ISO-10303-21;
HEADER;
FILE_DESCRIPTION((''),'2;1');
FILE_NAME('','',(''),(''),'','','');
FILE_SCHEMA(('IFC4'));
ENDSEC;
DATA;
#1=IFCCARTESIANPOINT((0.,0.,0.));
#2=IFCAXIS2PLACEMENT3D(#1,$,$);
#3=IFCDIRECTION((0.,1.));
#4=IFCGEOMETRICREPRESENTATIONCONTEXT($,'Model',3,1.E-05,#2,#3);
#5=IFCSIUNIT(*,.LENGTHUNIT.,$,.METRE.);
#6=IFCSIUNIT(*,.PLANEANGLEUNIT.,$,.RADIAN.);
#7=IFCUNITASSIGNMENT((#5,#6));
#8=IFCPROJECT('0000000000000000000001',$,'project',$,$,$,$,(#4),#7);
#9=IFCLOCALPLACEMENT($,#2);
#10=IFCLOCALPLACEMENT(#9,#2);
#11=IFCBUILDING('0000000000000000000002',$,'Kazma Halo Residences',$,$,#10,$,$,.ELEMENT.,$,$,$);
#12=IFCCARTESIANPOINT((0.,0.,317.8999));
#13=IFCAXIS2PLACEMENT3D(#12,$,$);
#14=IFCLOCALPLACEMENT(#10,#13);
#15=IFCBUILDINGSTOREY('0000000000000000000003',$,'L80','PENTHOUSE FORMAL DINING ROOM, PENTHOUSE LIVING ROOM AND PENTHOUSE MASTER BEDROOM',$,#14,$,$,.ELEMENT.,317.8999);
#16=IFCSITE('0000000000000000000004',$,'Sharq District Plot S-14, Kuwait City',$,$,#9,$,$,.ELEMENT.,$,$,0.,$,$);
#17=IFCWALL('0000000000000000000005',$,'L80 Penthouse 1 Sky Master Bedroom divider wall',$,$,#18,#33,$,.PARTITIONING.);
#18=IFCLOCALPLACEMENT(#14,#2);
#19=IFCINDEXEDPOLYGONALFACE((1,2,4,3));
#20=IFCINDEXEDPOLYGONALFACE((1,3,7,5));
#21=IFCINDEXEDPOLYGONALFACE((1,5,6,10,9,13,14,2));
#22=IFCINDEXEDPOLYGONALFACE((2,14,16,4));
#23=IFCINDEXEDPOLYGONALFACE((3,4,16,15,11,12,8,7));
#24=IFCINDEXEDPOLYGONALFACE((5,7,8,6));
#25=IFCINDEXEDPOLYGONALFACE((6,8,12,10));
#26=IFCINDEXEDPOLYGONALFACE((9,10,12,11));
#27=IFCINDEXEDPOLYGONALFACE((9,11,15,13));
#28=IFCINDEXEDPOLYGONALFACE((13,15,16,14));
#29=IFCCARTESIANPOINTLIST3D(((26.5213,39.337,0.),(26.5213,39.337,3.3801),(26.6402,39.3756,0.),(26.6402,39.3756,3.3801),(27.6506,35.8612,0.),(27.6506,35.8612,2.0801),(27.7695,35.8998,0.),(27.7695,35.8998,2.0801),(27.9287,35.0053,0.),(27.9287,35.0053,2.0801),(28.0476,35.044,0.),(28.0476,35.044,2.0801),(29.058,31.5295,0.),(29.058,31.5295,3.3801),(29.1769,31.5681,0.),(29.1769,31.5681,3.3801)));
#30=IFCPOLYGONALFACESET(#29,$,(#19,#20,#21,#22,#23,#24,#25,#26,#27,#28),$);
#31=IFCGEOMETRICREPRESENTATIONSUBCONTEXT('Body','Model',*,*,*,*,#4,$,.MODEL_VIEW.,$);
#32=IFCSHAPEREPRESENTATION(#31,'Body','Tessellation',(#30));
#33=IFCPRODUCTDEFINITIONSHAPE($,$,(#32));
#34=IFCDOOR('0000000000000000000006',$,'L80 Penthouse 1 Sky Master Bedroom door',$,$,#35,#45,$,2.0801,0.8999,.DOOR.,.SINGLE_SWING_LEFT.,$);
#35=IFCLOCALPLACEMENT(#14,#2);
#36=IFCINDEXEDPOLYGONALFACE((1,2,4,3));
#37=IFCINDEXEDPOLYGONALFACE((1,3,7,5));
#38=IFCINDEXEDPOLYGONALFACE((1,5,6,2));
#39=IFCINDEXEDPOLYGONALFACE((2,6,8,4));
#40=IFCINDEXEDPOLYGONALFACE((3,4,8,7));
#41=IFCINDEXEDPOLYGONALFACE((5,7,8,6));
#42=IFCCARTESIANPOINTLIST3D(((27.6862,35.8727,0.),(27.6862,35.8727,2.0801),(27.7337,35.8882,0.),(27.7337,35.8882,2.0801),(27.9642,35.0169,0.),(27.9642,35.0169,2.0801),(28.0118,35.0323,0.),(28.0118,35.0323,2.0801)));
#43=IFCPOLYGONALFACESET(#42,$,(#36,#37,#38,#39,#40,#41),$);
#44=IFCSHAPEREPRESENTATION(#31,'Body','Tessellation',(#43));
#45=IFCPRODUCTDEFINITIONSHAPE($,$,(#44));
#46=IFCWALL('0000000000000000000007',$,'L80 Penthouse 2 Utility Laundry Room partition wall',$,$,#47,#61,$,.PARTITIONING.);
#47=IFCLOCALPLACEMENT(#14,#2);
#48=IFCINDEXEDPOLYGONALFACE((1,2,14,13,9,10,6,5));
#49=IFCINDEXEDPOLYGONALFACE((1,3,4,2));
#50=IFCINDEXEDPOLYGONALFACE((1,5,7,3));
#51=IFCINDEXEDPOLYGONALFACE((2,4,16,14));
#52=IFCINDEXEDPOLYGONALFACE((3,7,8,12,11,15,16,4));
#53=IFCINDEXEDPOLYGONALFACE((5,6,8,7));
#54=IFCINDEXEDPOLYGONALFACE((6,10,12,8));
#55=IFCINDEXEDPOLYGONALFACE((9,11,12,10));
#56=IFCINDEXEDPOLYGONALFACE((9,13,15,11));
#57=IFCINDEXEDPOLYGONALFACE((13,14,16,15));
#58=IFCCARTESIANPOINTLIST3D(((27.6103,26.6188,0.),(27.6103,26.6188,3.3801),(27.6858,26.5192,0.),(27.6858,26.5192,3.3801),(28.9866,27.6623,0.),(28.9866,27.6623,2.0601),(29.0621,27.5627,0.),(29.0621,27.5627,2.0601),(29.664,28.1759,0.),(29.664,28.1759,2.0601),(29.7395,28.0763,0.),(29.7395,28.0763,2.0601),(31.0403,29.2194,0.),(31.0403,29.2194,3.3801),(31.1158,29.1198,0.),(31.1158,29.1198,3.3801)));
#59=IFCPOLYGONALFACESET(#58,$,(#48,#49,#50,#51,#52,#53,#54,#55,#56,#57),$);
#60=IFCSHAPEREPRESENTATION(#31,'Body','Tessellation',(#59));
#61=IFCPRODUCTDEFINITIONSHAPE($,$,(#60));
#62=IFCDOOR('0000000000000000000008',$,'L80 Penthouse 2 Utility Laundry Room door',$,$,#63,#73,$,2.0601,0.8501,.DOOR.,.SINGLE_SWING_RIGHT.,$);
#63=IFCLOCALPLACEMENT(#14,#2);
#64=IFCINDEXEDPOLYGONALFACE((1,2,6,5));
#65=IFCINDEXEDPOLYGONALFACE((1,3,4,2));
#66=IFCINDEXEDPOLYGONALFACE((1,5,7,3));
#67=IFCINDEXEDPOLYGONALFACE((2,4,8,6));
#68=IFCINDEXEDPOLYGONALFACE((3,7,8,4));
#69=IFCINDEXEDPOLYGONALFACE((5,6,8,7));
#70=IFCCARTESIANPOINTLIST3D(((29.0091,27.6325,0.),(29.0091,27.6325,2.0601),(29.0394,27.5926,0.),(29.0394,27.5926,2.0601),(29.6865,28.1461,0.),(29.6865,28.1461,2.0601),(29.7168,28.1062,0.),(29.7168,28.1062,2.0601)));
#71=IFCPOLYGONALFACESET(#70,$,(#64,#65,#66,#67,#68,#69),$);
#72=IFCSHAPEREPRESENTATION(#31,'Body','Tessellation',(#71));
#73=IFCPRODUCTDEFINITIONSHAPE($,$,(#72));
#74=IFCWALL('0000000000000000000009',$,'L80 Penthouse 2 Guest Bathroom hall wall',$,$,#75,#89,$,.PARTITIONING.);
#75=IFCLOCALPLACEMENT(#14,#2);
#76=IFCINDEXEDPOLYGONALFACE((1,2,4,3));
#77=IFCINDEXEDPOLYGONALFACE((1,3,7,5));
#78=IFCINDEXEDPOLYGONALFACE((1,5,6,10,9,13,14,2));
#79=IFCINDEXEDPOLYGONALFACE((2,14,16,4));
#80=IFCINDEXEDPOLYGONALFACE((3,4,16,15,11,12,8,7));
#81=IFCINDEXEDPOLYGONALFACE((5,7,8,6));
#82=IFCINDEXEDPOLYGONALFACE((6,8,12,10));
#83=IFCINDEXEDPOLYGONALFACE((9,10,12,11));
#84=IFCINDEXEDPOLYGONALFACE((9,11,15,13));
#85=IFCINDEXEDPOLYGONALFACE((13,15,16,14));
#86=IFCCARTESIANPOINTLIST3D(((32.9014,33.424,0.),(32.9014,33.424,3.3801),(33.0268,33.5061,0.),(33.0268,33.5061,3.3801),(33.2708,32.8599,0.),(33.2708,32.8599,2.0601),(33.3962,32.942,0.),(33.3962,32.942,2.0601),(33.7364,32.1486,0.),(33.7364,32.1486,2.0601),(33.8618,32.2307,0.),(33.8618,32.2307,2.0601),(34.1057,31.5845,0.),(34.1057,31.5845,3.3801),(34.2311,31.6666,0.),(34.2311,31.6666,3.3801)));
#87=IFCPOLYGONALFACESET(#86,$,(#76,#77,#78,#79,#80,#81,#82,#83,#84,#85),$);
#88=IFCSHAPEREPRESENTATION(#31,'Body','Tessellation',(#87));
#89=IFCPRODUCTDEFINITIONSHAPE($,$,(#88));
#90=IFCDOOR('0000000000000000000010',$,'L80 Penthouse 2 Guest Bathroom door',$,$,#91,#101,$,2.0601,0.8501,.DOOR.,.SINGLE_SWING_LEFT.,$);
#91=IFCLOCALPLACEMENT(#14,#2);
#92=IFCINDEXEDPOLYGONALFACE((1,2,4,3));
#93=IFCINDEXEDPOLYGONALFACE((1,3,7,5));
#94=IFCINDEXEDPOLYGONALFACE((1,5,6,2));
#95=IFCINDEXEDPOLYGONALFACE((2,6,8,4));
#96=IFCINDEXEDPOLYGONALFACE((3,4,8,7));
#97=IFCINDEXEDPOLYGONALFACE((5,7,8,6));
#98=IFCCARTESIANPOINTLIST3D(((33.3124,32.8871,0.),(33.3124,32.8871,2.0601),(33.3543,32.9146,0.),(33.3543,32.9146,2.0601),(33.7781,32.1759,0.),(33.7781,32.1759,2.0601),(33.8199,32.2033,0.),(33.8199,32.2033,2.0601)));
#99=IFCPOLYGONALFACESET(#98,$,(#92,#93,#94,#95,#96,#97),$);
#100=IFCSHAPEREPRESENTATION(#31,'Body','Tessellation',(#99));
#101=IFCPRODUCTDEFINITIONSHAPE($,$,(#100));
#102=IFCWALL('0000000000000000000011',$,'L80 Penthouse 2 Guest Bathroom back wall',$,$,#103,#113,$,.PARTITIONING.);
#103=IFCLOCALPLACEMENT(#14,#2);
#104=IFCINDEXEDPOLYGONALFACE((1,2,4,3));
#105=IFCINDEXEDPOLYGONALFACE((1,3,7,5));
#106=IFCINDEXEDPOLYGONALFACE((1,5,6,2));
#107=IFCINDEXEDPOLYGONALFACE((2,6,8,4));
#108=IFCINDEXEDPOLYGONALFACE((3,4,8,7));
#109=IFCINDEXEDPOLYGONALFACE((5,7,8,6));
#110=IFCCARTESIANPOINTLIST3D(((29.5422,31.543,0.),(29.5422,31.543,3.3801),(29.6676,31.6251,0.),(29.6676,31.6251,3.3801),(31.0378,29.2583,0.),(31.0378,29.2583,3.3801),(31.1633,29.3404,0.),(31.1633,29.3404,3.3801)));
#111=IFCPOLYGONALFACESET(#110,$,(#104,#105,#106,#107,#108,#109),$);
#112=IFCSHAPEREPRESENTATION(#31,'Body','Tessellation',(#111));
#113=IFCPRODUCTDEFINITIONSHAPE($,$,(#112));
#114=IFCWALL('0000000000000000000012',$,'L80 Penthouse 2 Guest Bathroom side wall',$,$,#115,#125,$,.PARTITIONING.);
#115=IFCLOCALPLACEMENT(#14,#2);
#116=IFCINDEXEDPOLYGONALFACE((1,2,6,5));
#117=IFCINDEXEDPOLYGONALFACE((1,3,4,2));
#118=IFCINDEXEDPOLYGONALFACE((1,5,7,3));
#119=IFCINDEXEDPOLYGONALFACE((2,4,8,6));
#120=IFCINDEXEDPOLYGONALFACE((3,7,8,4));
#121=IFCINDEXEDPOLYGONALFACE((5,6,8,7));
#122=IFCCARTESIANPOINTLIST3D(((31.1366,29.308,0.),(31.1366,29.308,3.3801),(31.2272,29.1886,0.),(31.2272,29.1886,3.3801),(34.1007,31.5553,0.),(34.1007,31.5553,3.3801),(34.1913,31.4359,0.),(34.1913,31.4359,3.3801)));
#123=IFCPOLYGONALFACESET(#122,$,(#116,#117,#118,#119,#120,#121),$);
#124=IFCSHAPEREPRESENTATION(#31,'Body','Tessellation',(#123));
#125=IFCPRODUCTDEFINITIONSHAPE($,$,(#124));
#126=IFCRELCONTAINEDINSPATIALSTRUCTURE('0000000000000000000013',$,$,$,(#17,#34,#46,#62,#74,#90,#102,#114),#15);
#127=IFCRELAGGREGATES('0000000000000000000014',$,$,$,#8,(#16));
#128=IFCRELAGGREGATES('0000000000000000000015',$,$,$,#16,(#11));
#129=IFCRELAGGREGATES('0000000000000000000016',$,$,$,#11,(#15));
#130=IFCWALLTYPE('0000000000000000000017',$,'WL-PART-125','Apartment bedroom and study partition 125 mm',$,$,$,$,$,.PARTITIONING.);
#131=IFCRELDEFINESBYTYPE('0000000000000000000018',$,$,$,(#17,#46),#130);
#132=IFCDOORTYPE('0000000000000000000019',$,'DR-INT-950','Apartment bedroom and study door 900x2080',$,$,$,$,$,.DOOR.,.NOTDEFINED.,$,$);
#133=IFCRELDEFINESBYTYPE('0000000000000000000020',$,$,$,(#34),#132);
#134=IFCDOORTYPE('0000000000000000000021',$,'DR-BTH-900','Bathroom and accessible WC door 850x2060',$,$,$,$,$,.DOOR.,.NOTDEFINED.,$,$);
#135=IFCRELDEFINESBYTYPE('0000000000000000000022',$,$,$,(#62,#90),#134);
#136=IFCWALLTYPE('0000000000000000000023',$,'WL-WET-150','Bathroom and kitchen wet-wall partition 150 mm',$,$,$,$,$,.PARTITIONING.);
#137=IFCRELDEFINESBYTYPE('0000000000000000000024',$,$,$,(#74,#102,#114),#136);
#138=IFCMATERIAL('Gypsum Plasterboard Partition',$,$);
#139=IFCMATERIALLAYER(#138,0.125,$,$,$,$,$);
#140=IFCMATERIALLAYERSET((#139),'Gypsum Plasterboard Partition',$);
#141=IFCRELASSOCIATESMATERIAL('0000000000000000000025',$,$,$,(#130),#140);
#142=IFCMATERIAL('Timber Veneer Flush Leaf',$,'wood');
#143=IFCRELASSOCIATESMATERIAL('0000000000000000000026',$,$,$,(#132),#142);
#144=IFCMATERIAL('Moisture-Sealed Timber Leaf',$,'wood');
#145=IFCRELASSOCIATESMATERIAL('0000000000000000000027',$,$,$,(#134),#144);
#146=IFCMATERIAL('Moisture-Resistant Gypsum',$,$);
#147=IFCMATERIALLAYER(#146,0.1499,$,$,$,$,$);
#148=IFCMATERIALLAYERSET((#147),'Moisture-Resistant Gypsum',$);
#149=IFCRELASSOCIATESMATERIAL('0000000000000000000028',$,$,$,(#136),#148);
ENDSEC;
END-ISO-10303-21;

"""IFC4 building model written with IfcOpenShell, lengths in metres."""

from ifc_helpers import new_model, si_unit, direction, frame, frame_2d, origin, place, context, subcontext, project, spatial, rectangle, extrude, material, layer, layer_set, type_object, element, fill, save


model = new_model("IFC4")

# Units and contexts
model_context = context("Model", 3, precision=1e-05, world=origin(), true_north=direction((0.0, 1.0)))
body_context = subcontext(model_context, "Body", "Model", "MODEL_VIEW")
ifc_project = project(units=[si_unit("LENGTHUNIT", "METRE"), si_unit("PLANEANGLEUNIT", "RADIAN")], contexts=[model_context])

# Site, building, storey
site_placement = place(None, origin())
site = spatial("IfcSite", under=ifc_project, at=site_placement, Name="Sharq District Plot S-14, Kuwait City", CompositionType="ELEMENT", RefElevation=0.0)
building_placement = place(site_placement, origin())
building = spatial("IfcBuilding", under=site, at=building_placement, Name="Kazma Halo Residences", CompositionType="ELEMENT")
storey_placement = place(building_placement, frame((0.0, 0.0, 317.8999)))
storey = spatial("IfcBuildingStorey", under=building, at=storey_placement, Name="L80", Description="PENTHOUSE FORMAL DINING ROOM, PENTHOUSE LIVING ROOM AND PENTHOUSE MASTER BEDROOM", CompositionType="ELEMENT", Elevation=317.8999)

# Walls, openings, doors
ifc_material_1 = material(Name="Gypsum Plasterboard Partition")
ifc_layer_1 = layer(ifc_material_1, 0.125)
ifc_layer_set_1 = layer_set([ifc_layer_1], Name="Gypsum Plasterboard Partition")
wall_type_1 = type_object("IfcWallType", Name="WL-PART-125", Description="Apartment bedroom and study partition 125 mm", PredefinedType="PARTITIONING", material=ifc_layer_set_1)
ifc_material_2 = material(Name="Timber Veneer Flush Leaf", Category="wood")
door_type_1 = type_object("IfcDoorType", Name="DR-INT-950", Description="Apartment bedroom and study door 900x2080", OperationType="NOTDEFINED", PredefinedType="DOOR", material=ifc_material_2)
wall_1_placement = place(storey_placement, frame((26.5808, 39.3562, 0.0), z_axis=(0.0, 0.0, 1.0), x_axis=(0.309001, -0.951062, 0.0)))
wall_1 = element("IfcWall", 1, at=wall_1_placement, inside=storey, type_object=wall_type_1, Name="L80 Penthouse 1 Sky Master Bedroom divider wall", PredefinedType="PARTITIONING", context=body_context, shape_type="SweptSolid", body=[
    extrude(rectangle(XDim=8.2092, YDim=0.125, at=frame_2d((4.1045, 0.0))), origin(), (0.0, 0.0, 1.0), 3.3801),
])
opening_1_placement = place(wall_1_placement, frame((3.6545, 0.0, 0.0)))
opening_1 = element("IfcOpeningElement", 2, at=opening_1_placement, cuts=wall_1, PredefinedType="OPENING", context=body_context, shape_type="SweptSolid", body=[
    extrude(rectangle(XDim=0.8999, YDim=2.0801, at=frame_2d((0.45, 1.04))), frame((0.0, 0.0725, 0.0), z_axis=(0.0, -1.0, 0.0), x_axis=(1.0, 0.0, 0.0)), (0.0, 0.0, 1.0), 0.145),
])
door_1_placement = place(opening_1_placement, origin())
door_1 = element("IfcDoor", 3, at=door_1_placement, inside=storey, type_object=door_type_1, Name="L80 Penthouse 1 Sky Master Bedroom door", OperationType="SINGLE_SWING_LEFT", OverallHeight=2.0801, OverallWidth=0.8999, PredefinedType="DOOR", context=body_context, shape_type="SweptSolid", body=[
    extrude(rectangle(XDim=0.8999, YDim=2.0801, at=frame_2d((0.45, 1.04))), frame((0.0, 0.0249, 0.0), z_axis=(0.0, -1.0, 0.0), x_axis=(1.0, 0.0, 0.0)), (0.0, 0.0, 1.0), 0.05),
])
fill(opening_1, door_1)
wall_2_placement = place(storey_placement, frame((31.0781, 29.1697, 0.0), z_axis=(0.0, 0.0, 1.0), x_axis=(-0.796851, -0.604175, 0.0)))
wall_2 = element("IfcWall", 4, at=wall_2_placement, inside=storey, type_object=wall_type_1, Name="L80 Penthouse 2 Utility Laundry Room partition wall", PredefinedType="PARTITIONING", context=body_context, shape_type="SweptSolid", body=[
    extrude(rectangle(XDim=4.3044, YDim=0.125, at=frame_2d((2.1523, 0.0))), origin(), (0.0, 0.0, 1.0), 3.3801),
])
opening_2_placement = place(wall_2_placement, frame((1.7273, 0.0, 0.0)))
opening_2 = element("IfcOpeningElement", 5, at=opening_2_placement, cuts=wall_2, PredefinedType="OPENING", context=body_context, shape_type="SweptSolid", body=[
    extrude(rectangle(XDim=0.8501, YDim=2.0601, at=frame_2d((0.425, 1.03))), frame((0.0, 0.0725, 0.0), z_axis=(0.0, -1.0, 0.0), x_axis=(1.0, 0.0, 0.0)), (0.0, 0.0, 1.0), 0.145),
])
ifc_material_3 = material(Name="Moisture-Sealed Timber Leaf", Category="wood")
door_type_2 = type_object("IfcDoorType", Name="DR-BTH-900", Description="Bathroom and accessible WC door 850x2060", OperationType="NOTDEFINED", PredefinedType="DOOR", material=ifc_material_3)
door_2_placement = place(opening_2_placement, origin())
door_2 = element("IfcDoor", 6, at=door_2_placement, inside=storey, type_object=door_type_2, Name="L80 Penthouse 2 Utility Laundry Room door", OperationType="SINGLE_SWING_RIGHT", OverallHeight=2.0601, OverallWidth=0.8501, PredefinedType="DOOR", context=body_context, shape_type="SweptSolid", body=[
    extrude(rectangle(XDim=0.8501, YDim=2.0601, at=frame_2d((0.425, 1.03))), frame((0.0, 0.0249, 0.0), z_axis=(0.0, -1.0, 0.0), x_axis=(1.0, 0.0, 0.0)), (0.0, 0.0, 1.0), 0.05),
])
fill(opening_2, door_2)
ifc_material_4 = material(Name="Moisture-Resistant Gypsum")
ifc_layer_2 = layer(ifc_material_4, 0.1499)
ifc_layer_set_2 = layer_set([ifc_layer_2], Name="Moisture-Resistant Gypsum")
wall_type_2 = type_object("IfcWallType", Name="WL-WET-150", Description="Bathroom and kitchen wet-wall partition 150 mm", PredefinedType="PARTITIONING", material=ifc_layer_set_2)
wall_3_placement = place(storey_placement, frame((32.9641, 33.4651, 0.0), z_axis=(0.0, 0.0, 1.0), x_axis=(0.547737, -0.836651, 0.0)))
wall_3 = element("IfcWall", 7, at=wall_3_placement, inside=storey, type_object=wall_type_2, Name="L80 Penthouse 2 Guest Bathroom hall wall", PredefinedType="PARTITIONING", context=body_context, shape_type="SweptSolid", body=[
    extrude(rectangle(XDim=2.1987, YDim=0.1499, at=frame_2d((1.0994, 0.0))), origin(), (0.0, 0.0, 1.0), 3.3801),
])
opening_3_placement = place(wall_3_placement, frame((0.6743, 0.0, 0.0)))
opening_3 = element("IfcOpeningElement", 8, at=opening_3_placement, cuts=wall_3, PredefinedType="OPENING", context=body_context, shape_type="SweptSolid", body=[
    extrude(rectangle(XDim=0.8501, YDim=2.0601, at=frame_2d((0.425, 1.03))), frame((0.0, 0.085, 0.0), z_axis=(0.0, -1.0, 0.0), x_axis=(1.0, 0.0, 0.0)), (0.0, 0.0, 1.0), 0.1699),
])
door_3_placement = place(opening_3_placement, origin())
door_3 = element("IfcDoor", 9, at=door_3_placement, inside=storey, type_object=door_type_2, Name="L80 Penthouse 2 Guest Bathroom door", OperationType="SINGLE_SWING_LEFT", OverallHeight=2.0601, OverallWidth=0.8501, PredefinedType="DOOR", context=body_context, shape_type="SweptSolid", body=[
    extrude(rectangle(XDim=0.8501, YDim=2.0601, at=frame_2d((0.425, 1.03))), frame((0.0, 0.0249, 0.0), z_axis=(0.0, -1.0, 0.0), x_axis=(1.0, 0.0, 0.0)), (0.0, 0.0, 1.0), 0.05),
])
fill(opening_3, door_3)

# Walls
wall_4_placement = place(storey_placement, frame((29.605, 31.584, 0.0), z_axis=(0.0, 0.0, 1.0), x_axis=(0.547707, -0.83667, 0.0)))
element("IfcWall", 10, at=wall_4_placement, inside=storey, type_object=wall_type_2, Name="L80 Penthouse 2 Guest Bathroom back wall", PredefinedType="PARTITIONING", context=body_context, shape_type="SweptSolid", body=[
    extrude(rectangle(XDim=2.7307, YDim=0.1499, at=frame_2d((1.3652, 0.0))), origin(), (0.0, 0.0, 1.0), 3.3801),
])
wall_5_placement = place(storey_placement, frame((34.146, 31.4956, 0.0), z_axis=(0.0, 0.0, 1.0), x_axis=(-0.796862, -0.604161, 0.0)))
element("IfcWall", 11, at=wall_5_placement, inside=storey, type_object=wall_type_2, Name="L80 Penthouse 2 Guest Bathroom side wall", PredefinedType="PARTITIONING", context=body_context, shape_type="SweptSolid", body=[
    extrude(rectangle(XDim=3.7197, YDim=0.1499, at=frame_2d((1.8599, 0.0))), origin(), (0.0, 0.0, 1.0), 3.3801),
])

save(model, "model.ifc")
